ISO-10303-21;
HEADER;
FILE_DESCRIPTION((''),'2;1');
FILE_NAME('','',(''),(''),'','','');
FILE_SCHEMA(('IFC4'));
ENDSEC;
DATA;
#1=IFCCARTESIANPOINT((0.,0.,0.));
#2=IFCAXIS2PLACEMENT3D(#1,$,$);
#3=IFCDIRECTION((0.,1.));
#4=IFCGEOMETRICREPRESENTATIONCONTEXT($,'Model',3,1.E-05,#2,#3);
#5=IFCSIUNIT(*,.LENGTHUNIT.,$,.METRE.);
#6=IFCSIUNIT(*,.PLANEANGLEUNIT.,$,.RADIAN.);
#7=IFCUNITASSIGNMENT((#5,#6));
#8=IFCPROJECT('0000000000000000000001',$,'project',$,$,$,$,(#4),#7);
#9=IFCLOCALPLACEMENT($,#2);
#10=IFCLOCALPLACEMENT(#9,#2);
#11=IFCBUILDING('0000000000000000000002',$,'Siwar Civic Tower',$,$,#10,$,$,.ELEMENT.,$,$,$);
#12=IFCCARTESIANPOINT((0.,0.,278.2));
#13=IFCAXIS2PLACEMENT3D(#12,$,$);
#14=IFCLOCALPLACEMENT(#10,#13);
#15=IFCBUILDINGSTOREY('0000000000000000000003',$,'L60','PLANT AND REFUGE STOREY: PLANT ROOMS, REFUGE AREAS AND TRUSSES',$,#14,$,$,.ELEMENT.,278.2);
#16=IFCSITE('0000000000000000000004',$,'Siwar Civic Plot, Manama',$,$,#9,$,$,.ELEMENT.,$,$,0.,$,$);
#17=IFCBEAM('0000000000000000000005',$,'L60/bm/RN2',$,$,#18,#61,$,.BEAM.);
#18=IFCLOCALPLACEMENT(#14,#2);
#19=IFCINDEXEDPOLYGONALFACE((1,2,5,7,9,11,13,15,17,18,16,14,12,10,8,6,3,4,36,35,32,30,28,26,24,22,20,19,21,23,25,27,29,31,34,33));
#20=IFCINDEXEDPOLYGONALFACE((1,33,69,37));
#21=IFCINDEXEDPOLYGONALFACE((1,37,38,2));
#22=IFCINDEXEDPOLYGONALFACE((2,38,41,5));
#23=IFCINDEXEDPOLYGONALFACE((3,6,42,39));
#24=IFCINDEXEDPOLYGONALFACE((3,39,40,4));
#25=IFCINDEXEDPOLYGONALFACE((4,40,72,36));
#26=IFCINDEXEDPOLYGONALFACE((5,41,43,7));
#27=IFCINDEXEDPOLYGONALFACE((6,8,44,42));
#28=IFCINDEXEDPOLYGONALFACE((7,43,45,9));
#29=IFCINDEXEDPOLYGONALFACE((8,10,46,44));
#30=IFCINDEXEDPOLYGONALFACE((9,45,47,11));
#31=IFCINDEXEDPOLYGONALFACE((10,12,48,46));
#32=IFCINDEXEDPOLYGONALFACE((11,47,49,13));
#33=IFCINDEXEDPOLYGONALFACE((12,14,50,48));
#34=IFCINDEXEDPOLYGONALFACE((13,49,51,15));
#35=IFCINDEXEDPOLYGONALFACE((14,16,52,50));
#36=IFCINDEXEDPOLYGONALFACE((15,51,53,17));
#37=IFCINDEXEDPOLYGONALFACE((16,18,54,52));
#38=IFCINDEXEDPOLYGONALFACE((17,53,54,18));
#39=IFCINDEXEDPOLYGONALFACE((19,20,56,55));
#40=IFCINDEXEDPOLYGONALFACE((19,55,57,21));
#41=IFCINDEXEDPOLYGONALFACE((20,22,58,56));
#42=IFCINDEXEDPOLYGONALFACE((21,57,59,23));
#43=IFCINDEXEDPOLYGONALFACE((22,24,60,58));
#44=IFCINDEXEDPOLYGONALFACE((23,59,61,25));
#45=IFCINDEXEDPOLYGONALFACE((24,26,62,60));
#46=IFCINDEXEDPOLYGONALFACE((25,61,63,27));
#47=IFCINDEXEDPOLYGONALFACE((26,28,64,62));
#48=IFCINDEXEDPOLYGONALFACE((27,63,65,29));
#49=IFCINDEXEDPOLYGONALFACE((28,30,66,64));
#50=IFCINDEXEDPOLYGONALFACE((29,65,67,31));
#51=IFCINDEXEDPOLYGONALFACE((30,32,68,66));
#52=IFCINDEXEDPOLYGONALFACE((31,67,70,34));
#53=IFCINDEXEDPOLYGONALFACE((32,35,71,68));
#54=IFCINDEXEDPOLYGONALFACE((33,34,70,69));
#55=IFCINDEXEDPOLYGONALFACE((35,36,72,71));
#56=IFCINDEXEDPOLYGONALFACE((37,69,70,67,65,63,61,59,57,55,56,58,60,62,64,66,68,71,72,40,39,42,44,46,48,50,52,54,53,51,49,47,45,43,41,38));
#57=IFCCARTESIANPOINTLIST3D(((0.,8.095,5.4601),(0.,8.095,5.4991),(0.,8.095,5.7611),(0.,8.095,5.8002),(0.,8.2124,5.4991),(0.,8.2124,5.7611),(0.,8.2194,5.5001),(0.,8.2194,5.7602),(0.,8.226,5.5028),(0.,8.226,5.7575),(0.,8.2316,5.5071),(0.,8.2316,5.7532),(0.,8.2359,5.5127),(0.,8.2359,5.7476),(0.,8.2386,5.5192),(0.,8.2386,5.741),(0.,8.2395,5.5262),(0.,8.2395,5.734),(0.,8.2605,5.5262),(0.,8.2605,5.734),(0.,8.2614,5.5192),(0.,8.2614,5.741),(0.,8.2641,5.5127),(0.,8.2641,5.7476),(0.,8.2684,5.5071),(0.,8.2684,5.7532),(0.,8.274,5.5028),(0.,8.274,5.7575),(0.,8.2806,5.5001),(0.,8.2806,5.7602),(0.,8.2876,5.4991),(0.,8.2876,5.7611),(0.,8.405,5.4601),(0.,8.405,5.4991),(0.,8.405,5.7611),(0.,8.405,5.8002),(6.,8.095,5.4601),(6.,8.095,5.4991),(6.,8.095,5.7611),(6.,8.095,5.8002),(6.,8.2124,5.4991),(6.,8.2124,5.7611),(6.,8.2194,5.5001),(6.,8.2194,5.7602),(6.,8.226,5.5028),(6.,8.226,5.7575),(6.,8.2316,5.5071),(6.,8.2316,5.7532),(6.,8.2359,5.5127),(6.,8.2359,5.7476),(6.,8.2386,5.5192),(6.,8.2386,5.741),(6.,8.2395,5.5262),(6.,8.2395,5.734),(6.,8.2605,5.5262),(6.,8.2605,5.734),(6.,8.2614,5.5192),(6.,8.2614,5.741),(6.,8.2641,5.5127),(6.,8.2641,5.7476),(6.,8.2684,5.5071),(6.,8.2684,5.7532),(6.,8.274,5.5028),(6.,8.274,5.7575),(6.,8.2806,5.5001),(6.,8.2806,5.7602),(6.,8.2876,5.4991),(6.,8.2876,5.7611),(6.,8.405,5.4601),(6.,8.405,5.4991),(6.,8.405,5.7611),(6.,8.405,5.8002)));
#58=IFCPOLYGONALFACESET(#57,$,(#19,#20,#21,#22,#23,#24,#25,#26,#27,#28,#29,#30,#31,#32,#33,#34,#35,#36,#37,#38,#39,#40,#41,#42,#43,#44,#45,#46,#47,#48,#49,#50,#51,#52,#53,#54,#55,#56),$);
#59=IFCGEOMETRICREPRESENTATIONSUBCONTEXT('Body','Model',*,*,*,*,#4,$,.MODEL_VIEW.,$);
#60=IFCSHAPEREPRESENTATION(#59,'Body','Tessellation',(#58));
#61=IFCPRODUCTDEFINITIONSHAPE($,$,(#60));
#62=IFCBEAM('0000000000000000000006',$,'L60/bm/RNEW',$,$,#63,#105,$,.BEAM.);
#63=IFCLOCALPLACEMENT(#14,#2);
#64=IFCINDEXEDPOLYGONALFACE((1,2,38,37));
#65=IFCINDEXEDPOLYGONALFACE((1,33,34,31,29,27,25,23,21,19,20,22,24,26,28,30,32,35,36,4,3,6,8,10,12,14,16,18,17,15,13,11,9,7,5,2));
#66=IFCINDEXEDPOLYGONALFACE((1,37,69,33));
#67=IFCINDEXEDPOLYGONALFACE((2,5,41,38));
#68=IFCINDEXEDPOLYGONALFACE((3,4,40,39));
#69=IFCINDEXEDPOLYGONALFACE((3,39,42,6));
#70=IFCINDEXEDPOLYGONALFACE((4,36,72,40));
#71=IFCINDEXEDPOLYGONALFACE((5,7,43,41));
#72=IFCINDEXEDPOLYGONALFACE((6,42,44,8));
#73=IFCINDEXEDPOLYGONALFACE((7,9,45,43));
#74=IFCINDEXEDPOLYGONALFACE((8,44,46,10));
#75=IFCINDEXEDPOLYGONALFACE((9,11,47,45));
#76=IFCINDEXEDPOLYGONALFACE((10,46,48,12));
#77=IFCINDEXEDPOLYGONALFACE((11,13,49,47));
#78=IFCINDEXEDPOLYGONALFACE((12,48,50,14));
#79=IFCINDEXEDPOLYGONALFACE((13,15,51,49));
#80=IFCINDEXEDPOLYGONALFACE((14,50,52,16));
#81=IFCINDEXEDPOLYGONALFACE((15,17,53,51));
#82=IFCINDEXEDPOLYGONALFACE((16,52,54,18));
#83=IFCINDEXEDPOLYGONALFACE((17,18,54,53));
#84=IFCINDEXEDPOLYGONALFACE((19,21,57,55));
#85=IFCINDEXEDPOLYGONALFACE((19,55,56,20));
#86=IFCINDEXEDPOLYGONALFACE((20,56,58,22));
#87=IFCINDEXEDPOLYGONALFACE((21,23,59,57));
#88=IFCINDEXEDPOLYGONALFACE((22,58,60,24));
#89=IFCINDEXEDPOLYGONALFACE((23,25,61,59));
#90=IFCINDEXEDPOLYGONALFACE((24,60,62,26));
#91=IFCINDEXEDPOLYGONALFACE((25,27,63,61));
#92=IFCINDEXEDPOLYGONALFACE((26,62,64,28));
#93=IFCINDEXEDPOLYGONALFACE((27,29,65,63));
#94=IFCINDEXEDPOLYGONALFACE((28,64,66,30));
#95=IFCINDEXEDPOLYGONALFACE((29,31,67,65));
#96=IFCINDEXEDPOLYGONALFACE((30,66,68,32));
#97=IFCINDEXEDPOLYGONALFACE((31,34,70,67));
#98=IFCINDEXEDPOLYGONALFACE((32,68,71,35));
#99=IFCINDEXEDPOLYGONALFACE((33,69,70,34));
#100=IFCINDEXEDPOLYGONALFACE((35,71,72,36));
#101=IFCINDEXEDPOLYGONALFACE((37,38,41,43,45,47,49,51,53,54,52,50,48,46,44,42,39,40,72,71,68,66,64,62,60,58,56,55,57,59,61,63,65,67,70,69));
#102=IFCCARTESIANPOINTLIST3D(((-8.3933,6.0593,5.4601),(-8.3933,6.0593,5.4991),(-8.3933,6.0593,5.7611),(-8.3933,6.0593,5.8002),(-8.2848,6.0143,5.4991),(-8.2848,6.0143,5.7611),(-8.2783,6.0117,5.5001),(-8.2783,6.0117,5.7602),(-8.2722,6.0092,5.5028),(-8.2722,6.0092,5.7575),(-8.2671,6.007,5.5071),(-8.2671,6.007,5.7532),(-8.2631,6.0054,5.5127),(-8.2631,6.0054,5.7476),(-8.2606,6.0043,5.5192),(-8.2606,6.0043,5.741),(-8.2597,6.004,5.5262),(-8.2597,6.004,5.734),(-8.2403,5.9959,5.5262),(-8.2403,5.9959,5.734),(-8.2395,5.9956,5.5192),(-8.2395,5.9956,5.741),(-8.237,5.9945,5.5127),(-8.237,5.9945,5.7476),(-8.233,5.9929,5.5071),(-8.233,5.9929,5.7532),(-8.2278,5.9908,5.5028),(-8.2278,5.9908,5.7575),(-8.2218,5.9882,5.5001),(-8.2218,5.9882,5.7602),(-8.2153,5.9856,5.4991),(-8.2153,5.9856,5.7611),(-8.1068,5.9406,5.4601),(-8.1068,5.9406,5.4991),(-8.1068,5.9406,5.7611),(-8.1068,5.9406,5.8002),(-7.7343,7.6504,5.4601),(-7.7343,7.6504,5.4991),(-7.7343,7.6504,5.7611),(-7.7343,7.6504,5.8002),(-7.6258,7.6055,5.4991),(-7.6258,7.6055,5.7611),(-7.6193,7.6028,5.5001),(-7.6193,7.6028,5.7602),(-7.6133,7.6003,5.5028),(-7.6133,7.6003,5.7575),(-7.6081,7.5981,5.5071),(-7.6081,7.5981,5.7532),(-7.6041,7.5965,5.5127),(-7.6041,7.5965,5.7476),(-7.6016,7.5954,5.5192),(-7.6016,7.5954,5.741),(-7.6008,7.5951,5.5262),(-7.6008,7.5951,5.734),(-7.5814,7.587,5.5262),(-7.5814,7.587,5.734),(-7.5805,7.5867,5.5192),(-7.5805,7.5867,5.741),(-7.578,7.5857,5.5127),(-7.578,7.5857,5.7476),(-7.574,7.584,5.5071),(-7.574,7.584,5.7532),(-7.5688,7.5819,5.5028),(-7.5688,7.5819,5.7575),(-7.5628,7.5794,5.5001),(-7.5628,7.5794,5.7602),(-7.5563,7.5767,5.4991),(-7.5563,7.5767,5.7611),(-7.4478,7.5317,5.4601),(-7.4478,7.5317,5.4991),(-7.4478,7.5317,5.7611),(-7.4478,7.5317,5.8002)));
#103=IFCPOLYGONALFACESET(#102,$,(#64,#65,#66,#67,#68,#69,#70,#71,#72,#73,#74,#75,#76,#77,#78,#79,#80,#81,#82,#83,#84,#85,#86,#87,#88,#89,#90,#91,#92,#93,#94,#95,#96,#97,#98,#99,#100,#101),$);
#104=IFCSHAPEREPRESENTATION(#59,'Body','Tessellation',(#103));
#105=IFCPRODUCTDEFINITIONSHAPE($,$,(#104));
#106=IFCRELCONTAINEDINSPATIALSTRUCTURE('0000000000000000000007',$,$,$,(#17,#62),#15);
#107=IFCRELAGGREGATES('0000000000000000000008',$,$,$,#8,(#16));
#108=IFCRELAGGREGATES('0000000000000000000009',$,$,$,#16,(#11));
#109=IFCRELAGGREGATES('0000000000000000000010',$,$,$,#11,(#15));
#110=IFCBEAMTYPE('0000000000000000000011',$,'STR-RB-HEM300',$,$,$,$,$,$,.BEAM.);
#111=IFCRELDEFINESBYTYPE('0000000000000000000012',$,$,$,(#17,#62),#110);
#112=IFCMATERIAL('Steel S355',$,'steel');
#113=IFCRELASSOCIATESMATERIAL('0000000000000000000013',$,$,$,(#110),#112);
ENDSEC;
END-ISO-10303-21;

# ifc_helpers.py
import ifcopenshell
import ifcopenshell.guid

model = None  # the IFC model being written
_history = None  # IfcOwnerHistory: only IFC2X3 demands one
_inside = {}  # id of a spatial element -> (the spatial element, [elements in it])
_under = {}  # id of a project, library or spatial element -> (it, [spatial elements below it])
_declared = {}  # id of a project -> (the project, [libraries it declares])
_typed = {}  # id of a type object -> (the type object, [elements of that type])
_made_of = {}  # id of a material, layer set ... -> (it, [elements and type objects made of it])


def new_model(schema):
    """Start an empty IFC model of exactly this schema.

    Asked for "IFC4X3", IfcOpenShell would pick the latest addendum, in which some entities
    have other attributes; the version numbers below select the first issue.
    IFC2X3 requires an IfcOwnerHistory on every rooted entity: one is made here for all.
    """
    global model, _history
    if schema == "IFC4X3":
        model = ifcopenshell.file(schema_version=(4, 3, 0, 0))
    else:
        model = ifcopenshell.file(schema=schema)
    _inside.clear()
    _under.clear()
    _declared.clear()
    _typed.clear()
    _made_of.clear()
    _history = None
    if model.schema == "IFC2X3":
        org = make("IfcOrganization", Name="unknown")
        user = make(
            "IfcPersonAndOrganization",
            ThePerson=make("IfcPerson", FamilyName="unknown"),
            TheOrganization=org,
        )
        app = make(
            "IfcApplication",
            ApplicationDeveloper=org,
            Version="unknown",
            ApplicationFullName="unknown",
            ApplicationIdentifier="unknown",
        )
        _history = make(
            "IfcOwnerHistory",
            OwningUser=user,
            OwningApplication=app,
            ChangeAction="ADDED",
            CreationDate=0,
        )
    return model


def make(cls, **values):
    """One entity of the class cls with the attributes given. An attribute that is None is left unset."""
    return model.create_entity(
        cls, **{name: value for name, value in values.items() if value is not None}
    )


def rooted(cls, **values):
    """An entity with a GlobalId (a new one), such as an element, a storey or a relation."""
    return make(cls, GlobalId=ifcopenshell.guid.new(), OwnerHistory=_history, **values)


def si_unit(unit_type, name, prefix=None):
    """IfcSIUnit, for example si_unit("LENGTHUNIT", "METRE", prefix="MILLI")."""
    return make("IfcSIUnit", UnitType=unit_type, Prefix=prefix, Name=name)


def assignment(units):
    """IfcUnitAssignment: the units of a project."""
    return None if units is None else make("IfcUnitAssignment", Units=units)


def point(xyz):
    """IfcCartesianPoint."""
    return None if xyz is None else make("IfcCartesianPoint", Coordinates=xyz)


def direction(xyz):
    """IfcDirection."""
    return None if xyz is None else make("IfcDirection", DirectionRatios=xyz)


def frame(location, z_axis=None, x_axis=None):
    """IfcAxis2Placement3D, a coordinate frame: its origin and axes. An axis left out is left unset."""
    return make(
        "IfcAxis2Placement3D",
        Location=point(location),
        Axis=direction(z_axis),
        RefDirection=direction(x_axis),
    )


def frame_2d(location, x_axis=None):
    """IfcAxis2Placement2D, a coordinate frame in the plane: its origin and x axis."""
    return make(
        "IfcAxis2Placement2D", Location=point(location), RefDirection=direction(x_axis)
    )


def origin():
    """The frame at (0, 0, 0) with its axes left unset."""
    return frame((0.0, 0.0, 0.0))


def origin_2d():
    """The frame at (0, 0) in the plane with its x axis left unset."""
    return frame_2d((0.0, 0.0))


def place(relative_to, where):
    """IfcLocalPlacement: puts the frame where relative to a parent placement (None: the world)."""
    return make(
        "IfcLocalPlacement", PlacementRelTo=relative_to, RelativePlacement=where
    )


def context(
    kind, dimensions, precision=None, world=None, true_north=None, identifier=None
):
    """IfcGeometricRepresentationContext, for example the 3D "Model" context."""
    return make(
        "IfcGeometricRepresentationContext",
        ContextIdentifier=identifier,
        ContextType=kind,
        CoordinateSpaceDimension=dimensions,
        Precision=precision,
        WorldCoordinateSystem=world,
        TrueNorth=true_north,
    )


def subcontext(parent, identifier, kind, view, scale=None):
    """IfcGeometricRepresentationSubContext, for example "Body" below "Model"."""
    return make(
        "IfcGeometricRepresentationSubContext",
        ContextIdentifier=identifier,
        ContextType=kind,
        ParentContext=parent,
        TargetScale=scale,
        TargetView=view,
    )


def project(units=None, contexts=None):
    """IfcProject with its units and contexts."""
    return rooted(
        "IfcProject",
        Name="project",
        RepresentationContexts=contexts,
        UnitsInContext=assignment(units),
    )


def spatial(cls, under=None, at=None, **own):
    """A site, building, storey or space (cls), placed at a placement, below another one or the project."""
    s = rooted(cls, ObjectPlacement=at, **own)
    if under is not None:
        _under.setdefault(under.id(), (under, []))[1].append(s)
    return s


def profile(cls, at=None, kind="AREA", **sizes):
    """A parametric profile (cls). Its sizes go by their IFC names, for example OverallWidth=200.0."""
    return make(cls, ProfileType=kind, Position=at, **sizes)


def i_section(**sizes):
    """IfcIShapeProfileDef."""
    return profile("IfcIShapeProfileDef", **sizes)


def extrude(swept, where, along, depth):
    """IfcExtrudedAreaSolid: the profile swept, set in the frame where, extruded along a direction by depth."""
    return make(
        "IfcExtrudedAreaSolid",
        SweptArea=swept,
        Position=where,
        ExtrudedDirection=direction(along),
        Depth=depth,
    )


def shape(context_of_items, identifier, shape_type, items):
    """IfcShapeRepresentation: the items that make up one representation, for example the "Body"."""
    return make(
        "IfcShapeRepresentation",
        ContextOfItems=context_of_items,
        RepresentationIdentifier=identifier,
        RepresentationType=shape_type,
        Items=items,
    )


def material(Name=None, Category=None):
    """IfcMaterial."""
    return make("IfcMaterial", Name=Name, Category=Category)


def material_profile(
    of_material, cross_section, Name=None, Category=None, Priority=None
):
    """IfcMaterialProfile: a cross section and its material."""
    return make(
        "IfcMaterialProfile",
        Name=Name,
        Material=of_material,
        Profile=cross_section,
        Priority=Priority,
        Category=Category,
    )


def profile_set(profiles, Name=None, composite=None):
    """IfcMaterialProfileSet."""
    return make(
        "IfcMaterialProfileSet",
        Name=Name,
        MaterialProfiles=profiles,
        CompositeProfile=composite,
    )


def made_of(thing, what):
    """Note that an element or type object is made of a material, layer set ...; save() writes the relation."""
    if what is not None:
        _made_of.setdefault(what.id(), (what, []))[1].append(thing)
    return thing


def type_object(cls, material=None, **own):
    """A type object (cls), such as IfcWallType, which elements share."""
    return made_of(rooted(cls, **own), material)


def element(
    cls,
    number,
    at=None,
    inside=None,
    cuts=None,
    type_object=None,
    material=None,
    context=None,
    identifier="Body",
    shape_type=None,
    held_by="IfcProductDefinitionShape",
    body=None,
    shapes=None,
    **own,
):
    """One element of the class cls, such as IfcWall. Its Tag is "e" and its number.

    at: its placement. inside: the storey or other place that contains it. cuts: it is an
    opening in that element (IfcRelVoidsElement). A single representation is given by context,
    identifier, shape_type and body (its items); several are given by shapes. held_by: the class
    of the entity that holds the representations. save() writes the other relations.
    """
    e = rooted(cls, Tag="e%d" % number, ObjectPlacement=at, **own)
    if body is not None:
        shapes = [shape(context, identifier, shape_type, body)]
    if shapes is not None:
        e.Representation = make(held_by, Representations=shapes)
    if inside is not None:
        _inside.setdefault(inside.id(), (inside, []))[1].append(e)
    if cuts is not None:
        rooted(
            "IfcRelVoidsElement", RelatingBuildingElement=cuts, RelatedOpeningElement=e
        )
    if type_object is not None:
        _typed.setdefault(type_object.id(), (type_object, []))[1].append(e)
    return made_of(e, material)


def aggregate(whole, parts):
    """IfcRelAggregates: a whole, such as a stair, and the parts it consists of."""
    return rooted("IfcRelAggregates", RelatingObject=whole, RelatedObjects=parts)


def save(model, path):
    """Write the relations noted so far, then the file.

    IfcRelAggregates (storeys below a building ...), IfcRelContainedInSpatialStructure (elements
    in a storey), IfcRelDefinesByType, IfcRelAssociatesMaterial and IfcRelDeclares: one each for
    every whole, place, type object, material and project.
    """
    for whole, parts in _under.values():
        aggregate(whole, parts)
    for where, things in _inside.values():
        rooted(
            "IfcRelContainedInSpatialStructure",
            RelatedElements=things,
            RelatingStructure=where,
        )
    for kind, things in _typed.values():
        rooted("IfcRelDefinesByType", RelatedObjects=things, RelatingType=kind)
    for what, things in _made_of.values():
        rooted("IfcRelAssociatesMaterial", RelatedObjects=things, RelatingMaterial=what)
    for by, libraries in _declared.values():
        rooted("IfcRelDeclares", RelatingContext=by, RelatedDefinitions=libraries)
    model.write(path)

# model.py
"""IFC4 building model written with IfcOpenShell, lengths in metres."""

from ifc_helpers import new_model, si_unit, direction, frame, origin, origin_2d, place, context, subcontext, project, spatial, i_section, extrude, material, material_profile, profile_set, type_object, element, save


model = new_model("IFC4")

# Units and contexts
model_context = context("Model", 3, precision=1e-05, world=origin(), true_north=direction((0.0, 1.0)))
body_context = subcontext(model_context, "Body", "Model", "MODEL_VIEW")
ifc_project = project(units=[si_unit("LENGTHUNIT", "METRE"), si_unit("PLANEANGLEUNIT", "RADIAN")], contexts=[model_context])

# Site, building, storey
site_placement = place(None, origin())
site = spatial("IfcSite", under=ifc_project, at=site_placement, Name="Siwar Civic Plot, Manama", CompositionType="ELEMENT", RefElevation=0.0)
building_placement = place(site_placement, origin())
building = spatial("IfcBuilding", under=site, at=building_placement, Name="Siwar Civic Tower", CompositionType="ELEMENT")
storey_placement = place(building_placement, frame((0.0, 0.0, 278.2)))
storey = spatial("IfcBuildingStorey", under=building, at=storey_placement, Name="L60", Description="PLANT AND REFUGE STOREY: PLANT ROOMS, REFUGE AREAS AND TRUSSES", CompositionType="ELEMENT", Elevation=278.2)

# Beams
ifc_material_1 = material(Name="Steel S355", Category="steel")
ifc_material_profile_1 = material_profile(ifc_material_1, i_section(OverallWidth=0.3101, OverallDepth=0.3401, WebThickness=0.021, FlangeThickness=0.0391, FilletRadius=0.0271, at=origin_2d()), Name="HEM300")
ifc_profile_set_1 = profile_set([ifc_material_profile_1], Name="Steel S355")
beam_type_1 = type_object("IfcBeamType", Name="STR-RB-HEM300", PredefinedType="BEAM", material=ifc_profile_set_1)
for number, where, z_axis, x_axis, name in (
    (1, (0.0, 8.25, 5.6301), (1.0, 0.0, 0.0), (0.0, 1.0, 0.0), "L60/bm/RN2"),
):
    element("IfcBeam", number, at=place(storey_placement, frame(where, z_axis=z_axis, x_axis=x_axis)), inside=storey, type_object=beam_type_1, Name=name, PredefinedType="BEAM", context=body_context, shape_type="SweptSolid", body=[
        extrude(i_section(OverallWidth=0.3101, OverallDepth=0.3401, WebThickness=0.021, FlangeThickness=0.0391, FilletRadius=0.0271, at=origin_2d()), origin(), (0.0, 0.0, 1.0), 6.0),
    ])
beam_1_placement = place(storey_placement, frame((-7.5911, 7.5911, 5.6301), z_axis=(-0.382631, -0.923901, 0.0), x_axis=(0.923901, -0.382631, 0.0)))
element("IfcBeam", 2, at=beam_1_placement, inside=storey, type_object=beam_type_1, Name="L60/bm/RNEW", PredefinedType="BEAM", context=body_context, shape_type="SweptSolid", body=[
    extrude(i_section(OverallWidth=0.3101, OverallDepth=0.3401, WebThickness=0.021, FlangeThickness=0.0391, FilletRadius=0.0271, at=origin_2d()), origin(), (0.0, 0.0, 1.0), 1.7222),
])

save(model, "model.ifc")
